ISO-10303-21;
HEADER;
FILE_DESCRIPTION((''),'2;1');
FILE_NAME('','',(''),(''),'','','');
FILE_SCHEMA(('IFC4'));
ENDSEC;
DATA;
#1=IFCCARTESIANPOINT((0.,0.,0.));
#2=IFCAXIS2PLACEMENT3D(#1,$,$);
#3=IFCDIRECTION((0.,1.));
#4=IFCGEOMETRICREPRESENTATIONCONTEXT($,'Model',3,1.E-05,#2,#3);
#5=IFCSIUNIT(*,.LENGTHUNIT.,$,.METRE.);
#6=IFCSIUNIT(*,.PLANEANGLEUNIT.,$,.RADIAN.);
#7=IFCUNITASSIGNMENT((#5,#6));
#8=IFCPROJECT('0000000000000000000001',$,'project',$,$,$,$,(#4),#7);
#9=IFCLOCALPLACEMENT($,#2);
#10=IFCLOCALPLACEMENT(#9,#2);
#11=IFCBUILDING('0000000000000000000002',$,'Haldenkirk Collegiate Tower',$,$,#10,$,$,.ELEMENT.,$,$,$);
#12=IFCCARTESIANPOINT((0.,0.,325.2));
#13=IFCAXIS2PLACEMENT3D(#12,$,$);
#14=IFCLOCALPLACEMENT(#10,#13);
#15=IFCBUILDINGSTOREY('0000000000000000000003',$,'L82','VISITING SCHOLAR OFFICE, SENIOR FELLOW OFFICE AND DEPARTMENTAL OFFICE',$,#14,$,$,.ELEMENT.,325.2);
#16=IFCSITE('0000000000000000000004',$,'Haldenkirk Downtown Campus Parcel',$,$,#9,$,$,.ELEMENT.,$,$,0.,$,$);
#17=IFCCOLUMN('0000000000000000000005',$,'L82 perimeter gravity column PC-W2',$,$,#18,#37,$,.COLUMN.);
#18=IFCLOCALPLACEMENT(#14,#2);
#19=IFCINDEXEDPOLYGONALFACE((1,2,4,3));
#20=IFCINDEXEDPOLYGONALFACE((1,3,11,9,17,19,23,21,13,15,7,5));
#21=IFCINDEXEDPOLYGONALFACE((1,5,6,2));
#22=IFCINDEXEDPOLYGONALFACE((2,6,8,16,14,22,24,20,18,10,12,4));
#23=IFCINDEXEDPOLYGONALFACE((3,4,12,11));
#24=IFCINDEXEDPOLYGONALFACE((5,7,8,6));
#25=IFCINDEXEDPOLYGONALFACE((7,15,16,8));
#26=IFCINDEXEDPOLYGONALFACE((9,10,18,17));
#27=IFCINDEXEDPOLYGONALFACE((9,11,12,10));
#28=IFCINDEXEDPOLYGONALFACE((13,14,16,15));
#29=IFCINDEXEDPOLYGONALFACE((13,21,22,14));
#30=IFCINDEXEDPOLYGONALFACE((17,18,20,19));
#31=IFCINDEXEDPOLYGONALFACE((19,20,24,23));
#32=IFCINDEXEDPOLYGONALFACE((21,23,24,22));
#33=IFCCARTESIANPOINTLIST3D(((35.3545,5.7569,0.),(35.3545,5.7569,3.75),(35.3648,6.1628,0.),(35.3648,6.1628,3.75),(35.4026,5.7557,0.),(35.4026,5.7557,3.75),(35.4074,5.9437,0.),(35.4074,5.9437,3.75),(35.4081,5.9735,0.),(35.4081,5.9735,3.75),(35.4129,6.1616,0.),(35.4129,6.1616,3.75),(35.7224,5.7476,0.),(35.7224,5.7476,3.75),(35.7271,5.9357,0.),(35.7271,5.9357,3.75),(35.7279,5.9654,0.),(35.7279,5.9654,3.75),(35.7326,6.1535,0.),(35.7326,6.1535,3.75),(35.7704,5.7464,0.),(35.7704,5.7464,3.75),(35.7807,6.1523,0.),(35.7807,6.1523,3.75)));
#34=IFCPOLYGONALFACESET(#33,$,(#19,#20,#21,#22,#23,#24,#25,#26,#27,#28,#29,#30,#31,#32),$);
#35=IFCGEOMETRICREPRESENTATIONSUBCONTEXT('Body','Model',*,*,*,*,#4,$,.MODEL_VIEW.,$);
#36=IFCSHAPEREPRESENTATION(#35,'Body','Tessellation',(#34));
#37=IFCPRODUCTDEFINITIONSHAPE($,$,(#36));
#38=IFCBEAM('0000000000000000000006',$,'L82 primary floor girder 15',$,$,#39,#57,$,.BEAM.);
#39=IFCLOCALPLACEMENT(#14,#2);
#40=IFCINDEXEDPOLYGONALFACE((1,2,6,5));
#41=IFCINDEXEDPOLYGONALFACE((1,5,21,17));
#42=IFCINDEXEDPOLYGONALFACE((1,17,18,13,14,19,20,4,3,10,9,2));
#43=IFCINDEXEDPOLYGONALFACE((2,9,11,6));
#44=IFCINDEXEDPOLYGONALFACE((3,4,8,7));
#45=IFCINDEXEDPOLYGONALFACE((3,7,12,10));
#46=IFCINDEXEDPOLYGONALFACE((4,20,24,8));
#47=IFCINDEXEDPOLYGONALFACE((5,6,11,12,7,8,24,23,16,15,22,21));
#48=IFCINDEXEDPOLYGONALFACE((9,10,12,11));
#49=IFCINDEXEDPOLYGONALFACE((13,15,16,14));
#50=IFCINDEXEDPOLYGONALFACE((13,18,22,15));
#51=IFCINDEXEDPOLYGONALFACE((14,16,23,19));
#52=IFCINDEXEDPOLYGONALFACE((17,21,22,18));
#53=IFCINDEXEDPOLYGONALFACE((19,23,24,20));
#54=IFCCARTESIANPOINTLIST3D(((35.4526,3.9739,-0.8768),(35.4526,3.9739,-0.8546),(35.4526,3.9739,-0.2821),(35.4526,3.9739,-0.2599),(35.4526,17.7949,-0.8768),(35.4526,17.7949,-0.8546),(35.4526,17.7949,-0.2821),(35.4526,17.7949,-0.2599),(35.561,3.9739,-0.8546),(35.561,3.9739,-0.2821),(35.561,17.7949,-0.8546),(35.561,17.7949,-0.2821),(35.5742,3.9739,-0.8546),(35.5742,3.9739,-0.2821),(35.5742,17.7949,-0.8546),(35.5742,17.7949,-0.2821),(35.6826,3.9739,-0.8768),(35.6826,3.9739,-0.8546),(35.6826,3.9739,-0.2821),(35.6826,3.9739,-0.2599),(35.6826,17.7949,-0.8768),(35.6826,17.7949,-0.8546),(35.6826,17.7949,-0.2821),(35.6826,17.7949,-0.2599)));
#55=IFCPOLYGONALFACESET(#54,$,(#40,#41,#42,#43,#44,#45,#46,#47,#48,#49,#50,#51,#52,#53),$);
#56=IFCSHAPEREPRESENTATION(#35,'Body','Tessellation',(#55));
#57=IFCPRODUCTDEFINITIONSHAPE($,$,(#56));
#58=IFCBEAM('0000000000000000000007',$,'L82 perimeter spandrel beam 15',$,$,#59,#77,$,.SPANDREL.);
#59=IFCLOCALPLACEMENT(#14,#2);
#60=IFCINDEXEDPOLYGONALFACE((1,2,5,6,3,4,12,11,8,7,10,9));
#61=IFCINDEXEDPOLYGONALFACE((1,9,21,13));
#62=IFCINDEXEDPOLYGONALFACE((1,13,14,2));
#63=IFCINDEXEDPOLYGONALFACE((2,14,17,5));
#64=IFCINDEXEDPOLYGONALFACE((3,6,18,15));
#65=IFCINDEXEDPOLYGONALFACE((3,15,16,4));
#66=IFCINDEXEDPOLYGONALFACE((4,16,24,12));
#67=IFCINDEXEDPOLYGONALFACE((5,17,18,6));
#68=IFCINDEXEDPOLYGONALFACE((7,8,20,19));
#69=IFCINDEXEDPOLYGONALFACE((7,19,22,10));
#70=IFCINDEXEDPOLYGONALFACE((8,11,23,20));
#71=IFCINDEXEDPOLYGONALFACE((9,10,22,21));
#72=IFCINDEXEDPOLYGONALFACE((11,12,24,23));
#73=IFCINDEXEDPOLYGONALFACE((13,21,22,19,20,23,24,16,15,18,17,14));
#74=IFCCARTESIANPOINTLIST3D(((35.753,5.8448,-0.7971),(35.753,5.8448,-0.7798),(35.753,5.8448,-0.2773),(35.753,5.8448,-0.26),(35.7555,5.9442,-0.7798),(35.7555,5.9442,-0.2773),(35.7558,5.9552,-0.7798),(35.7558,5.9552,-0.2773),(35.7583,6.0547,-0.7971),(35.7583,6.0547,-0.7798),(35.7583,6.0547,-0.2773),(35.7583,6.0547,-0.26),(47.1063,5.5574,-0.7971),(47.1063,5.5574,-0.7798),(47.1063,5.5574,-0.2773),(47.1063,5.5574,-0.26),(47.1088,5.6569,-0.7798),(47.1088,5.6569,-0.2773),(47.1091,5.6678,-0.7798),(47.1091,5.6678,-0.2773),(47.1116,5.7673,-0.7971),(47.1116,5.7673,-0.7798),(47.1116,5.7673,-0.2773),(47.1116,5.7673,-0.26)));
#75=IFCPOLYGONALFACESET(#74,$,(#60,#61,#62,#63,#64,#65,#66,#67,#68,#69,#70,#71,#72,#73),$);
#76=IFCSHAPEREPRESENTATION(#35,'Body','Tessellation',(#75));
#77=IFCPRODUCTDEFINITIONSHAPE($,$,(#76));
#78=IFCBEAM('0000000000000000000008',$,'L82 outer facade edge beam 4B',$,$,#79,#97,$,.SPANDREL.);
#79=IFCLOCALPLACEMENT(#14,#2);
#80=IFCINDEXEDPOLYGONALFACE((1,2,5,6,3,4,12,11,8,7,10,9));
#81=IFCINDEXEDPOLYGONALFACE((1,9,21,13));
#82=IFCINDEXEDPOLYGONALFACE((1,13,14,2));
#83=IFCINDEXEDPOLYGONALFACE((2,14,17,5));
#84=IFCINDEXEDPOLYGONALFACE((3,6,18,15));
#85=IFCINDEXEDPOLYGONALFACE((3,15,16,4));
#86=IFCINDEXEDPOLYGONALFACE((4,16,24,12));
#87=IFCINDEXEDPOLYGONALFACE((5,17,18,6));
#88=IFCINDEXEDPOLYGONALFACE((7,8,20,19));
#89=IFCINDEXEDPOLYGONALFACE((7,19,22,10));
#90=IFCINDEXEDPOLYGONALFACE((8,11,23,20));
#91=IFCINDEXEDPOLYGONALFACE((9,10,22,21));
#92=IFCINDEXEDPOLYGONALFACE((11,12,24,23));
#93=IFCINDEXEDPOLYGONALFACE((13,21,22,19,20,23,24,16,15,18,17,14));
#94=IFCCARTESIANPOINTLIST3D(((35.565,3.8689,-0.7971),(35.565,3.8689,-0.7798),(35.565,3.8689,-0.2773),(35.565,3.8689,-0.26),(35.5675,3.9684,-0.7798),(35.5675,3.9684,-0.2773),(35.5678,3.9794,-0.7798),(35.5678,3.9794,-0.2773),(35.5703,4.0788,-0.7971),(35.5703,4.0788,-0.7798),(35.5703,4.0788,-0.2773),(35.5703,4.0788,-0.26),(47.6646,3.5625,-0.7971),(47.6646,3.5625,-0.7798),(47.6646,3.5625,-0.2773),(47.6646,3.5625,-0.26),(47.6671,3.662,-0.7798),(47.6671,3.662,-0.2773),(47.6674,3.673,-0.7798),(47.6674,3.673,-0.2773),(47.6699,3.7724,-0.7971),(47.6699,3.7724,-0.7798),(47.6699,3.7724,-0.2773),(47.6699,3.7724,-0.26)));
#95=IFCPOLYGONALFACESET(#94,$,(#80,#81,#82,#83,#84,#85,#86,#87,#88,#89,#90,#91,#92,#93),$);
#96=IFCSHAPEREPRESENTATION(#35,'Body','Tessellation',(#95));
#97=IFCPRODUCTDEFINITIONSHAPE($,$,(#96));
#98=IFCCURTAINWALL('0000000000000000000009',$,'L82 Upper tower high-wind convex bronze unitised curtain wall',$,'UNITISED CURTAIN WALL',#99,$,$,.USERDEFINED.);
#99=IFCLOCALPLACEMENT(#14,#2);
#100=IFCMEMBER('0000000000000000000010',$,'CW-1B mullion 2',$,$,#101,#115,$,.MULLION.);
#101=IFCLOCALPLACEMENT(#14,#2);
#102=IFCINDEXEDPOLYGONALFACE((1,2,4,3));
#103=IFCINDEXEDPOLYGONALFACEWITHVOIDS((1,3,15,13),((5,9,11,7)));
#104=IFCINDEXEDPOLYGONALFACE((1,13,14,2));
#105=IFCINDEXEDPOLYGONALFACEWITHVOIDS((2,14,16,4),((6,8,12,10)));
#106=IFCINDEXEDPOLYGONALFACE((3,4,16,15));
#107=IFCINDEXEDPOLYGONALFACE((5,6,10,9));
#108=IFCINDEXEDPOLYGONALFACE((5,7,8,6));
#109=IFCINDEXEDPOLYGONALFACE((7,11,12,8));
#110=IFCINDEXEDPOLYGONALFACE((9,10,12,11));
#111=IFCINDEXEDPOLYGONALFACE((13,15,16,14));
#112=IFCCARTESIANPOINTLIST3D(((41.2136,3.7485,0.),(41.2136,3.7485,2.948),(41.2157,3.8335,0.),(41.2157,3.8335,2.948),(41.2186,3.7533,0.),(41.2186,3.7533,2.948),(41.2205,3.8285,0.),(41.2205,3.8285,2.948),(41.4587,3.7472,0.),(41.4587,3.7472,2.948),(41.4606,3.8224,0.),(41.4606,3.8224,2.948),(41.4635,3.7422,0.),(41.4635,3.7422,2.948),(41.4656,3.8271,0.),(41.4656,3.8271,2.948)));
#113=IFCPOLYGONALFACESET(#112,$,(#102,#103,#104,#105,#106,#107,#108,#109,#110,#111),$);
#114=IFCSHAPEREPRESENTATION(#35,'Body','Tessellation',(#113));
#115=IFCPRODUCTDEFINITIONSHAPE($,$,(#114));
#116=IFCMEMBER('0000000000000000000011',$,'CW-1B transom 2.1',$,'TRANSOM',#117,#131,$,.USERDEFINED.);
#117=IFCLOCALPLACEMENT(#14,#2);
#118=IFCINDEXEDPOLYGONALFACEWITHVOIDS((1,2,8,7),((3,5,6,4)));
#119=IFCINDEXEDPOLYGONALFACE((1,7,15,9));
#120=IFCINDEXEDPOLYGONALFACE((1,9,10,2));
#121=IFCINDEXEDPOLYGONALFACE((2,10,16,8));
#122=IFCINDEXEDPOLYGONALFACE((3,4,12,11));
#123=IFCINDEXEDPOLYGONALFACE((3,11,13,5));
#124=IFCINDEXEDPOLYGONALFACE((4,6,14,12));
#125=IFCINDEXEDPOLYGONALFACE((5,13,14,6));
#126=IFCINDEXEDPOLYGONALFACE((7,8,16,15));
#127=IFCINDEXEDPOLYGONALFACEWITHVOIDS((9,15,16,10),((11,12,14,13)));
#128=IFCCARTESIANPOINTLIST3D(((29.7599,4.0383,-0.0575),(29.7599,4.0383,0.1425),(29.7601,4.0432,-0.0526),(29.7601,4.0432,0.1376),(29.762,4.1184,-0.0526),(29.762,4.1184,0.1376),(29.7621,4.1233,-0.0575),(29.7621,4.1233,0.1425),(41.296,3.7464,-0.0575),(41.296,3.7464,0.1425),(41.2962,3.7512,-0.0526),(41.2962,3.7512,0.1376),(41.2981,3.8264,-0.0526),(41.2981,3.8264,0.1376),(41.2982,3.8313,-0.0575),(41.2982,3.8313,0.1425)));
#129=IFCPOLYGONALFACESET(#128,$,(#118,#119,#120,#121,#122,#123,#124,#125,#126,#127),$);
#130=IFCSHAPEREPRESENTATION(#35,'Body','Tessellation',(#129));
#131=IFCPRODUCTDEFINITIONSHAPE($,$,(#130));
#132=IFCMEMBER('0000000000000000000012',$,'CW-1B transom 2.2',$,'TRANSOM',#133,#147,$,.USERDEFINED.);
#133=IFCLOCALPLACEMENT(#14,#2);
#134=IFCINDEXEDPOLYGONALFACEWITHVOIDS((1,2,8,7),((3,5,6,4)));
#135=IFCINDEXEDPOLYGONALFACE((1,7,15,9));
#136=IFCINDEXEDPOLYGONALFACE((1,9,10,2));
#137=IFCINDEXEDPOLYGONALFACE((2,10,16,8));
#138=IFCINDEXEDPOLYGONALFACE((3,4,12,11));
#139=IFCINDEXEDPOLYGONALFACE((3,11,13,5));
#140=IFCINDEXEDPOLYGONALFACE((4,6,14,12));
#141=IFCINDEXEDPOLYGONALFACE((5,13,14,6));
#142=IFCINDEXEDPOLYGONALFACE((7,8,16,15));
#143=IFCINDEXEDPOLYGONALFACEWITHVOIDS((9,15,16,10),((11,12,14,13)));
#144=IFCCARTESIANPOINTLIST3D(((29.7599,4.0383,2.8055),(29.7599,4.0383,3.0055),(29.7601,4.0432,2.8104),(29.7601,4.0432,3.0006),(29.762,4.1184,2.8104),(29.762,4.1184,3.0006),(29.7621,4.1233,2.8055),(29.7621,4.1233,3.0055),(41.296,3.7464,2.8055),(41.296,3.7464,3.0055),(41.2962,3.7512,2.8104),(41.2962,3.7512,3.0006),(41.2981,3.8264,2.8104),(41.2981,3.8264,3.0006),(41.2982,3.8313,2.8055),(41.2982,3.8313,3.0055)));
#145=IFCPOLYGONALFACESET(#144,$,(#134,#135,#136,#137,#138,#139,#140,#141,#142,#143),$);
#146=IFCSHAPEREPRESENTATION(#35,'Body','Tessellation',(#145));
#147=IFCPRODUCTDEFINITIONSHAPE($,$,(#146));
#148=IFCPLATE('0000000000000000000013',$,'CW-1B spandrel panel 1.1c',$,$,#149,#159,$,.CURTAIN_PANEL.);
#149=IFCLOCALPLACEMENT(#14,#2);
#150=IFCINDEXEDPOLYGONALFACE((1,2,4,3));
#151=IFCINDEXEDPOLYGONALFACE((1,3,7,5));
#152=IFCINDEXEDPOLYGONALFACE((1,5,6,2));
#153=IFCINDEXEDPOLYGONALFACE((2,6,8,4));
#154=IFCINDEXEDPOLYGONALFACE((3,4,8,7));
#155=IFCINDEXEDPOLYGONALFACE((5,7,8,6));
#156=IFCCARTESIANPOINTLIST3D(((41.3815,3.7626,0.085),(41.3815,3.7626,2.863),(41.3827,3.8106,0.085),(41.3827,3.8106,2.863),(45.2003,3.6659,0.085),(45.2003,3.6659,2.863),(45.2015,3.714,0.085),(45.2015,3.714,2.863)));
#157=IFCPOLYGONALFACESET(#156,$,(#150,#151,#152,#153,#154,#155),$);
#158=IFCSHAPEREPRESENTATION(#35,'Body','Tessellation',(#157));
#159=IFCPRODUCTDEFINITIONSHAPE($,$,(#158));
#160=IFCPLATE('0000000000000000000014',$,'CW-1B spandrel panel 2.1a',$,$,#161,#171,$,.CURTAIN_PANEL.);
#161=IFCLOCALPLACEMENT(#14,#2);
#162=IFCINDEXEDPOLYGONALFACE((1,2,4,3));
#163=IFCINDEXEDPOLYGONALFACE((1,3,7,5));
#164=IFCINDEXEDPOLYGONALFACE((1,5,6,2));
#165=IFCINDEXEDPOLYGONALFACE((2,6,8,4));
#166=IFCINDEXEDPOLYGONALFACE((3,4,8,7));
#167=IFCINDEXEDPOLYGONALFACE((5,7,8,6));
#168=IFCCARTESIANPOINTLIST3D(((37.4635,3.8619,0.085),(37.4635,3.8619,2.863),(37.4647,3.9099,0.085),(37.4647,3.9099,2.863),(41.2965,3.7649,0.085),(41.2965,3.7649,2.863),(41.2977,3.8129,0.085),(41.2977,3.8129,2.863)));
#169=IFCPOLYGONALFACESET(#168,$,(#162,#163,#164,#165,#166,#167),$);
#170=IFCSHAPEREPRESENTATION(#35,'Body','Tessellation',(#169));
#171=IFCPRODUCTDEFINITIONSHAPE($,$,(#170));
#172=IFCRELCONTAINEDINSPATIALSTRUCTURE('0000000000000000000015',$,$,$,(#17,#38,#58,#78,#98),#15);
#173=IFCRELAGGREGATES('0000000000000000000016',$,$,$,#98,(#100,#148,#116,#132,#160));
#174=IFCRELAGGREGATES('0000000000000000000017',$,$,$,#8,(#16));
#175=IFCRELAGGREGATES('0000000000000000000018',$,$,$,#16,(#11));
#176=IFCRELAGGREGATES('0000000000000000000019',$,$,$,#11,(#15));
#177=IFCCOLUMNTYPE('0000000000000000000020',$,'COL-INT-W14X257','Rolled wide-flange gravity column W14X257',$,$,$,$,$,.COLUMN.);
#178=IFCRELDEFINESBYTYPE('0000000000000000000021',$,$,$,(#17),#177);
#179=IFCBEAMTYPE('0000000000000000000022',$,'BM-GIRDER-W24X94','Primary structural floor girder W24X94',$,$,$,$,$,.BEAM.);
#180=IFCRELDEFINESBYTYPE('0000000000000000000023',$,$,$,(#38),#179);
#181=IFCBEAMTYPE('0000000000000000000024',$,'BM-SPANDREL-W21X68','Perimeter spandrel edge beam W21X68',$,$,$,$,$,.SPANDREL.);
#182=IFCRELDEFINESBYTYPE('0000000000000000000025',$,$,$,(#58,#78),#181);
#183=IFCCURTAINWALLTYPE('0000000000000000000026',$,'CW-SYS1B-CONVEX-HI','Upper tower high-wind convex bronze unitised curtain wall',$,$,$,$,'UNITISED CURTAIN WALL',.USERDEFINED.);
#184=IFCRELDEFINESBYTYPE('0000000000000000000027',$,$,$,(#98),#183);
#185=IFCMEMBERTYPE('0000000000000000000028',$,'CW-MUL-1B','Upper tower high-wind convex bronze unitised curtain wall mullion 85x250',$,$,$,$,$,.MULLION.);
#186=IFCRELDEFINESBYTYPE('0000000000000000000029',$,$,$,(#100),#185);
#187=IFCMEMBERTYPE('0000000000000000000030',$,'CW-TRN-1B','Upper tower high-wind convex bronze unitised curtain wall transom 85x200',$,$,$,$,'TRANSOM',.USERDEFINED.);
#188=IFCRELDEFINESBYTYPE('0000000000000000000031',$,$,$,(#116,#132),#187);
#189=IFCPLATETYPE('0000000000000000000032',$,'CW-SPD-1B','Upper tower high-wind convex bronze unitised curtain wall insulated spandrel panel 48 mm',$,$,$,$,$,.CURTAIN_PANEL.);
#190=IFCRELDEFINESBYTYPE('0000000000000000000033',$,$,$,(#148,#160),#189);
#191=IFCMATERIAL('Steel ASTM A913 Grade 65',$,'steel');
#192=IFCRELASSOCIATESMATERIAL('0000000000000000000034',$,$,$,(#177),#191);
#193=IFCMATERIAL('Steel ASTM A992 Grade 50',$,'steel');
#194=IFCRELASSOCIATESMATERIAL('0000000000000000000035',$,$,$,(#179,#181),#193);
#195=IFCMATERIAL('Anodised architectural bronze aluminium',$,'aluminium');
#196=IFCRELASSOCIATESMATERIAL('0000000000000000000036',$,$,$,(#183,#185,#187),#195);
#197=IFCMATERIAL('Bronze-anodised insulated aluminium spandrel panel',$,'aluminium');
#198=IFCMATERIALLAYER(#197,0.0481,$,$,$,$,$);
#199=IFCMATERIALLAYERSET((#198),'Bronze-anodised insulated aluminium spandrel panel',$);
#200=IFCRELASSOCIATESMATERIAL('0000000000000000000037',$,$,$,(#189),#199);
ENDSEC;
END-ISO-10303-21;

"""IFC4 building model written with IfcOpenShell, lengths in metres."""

from ifc_helpers import new_model, si_unit, direction, frame, origin, origin_2d, place, context, subcontext, project, spatial, rectangle, hollow_rectangle, i_section, extrude, source, transform, mapped, material, layer, layer_set, material_profile, profile_set, type_object, element, aggregate, save


model = new_model("IFC4")

# Units and contexts
model_context = context("Model", 3, precision=1e-05, world=origin(), true_north=direction((0.0, 1.0)))
body_context = subcontext(model_context, "Body", "Model", "MODEL_VIEW")
ifc_project = project(units=[si_unit("LENGTHUNIT", "METRE"), si_unit("PLANEANGLEUNIT", "RADIAN")], contexts=[model_context])

# Site, building, storey
site_placement = place(None, origin())
site = spatial("IfcSite", under=ifc_project, at=site_placement, Name="Haldenkirk Downtown Campus Parcel", CompositionType="ELEMENT", RefElevation=0.0)
building_placement = place(site_placement, origin())
building = spatial("IfcBuilding", under=site, at=building_placement, Name="Haldenkirk Collegiate Tower", CompositionType="ELEMENT")
storey_placement = place(building_placement, frame((0.0, 0.0, 325.2)))
storey = spatial("IfcBuildingStorey", under=building, at=storey_placement, Name="L82", Description="VISITING SCHOLAR OFFICE, SENIOR FELLOW OFFICE AND DEPARTMENTAL OFFICE", CompositionType="ELEMENT", Elevation=325.2)

# Column
ifc_material_1 = material(Name="Steel ASTM A913 Grade 65", Category="steel")
ifc_material_profile_1 = material_profile(ifc_material_1, i_section(OverallWidth=0.406, OverallDepth=0.416, WebThickness=0.0298, FlangeThickness=0.0481, at=origin_2d()), Name="W14X257")
ifc_profile_set_1 = profile_set([ifc_material_profile_1], Name="Steel ASTM A913 Grade 65")
column_type = type_object("IfcColumnType", Name="COL-INT-W14X257", Description="Rolled wide-flange gravity column W14X257", PredefinedType="COLUMN", material=ifc_profile_set_1)
column_placement = place(storey_placement, frame((35.5676, 5.9546, 0.0), z_axis=(0.0, 0.0, 1.0), x_axis=(0.025305, 0.99968, 0.0)))
element("IfcColumn", 1, at=column_placement, inside=storey, type_object=column_type, Name="L82 perimeter gravity column PC-W2", PredefinedType="COLUMN", context=body_context, shape_type="SweptSolid", body=[
    extrude(i_section(OverallWidth=0.406, OverallDepth=0.416, WebThickness=0.0298, FlangeThickness=0.0481, at=origin_2d()), origin(), (0.0, 0.0, 1.0), 3.75),
])

# Beams
ifc_material_2 = material(Name="Steel ASTM A992 Grade 50", Category="steel")
ifc_material_profile_2 = material_profile(ifc_material_2, i_section(OverallWidth=0.23, OverallDepth=0.6169, WebThickness=0.0132, FlangeThickness=0.0222, at=origin_2d()), Name="W24X94")
ifc_profile_set_2 = profile_set([ifc_material_profile_2], Name="Steel ASTM A992 Grade 50")
beam_type_1 = type_object("IfcBeamType", Name="BM-GIRDER-W24X94", Description="Primary structural floor girder W24X94", PredefinedType="BEAM", material=ifc_profile_set_2)
beam_1_placement = place(storey_placement, frame((35.5676, 3.9739, -0.5684), z_axis=(0.0, 1.0, 0.0), x_axis=(-1.0, 0.0, 0.0)))
element("IfcBeam", 2, at=beam_1_placement, inside=storey, type_object=beam_type_1, Name="L82 primary floor girder 15", PredefinedType="BEAM", context=body_context, shape_type="SweptSolid", body=[
    extrude(i_section(OverallWidth=0.23, OverallDepth=0.6169, WebThickness=0.0132, FlangeThickness=0.0222, at=origin_2d()), origin(), (0.0, 0.0, 1.0), 13.821),
])
ifc_material_profile_3 = material_profile(ifc_material_2, i_section(OverallWidth=0.21, OverallDepth=0.5371, WebThickness=0.011, FlangeThickness=0.0173, at=origin_2d()), Name="W21X68")
ifc_profile_set_3 = profile_set([ifc_material_profile_3], Name="Steel ASTM A992 Grade 50")
beam_type_2 = type_object("IfcBeamType", Name="BM-SPANDREL-W21X68", Description="Perimeter spandrel edge beam W21X68", PredefinedType="SPANDREL", material=ifc_profile_set_3)
beam_2_placement = place(storey_placement, frame((35.7556, 5.9497, -0.5286), z_axis=(0.99968, -0.025302, 0.0), x_axis=(0.025302, 0.99968, 0.0)))
element("IfcBeam", 3, at=beam_2_placement, inside=storey, type_object=beam_type_2, Name="L82 perimeter spandrel beam 15", PredefinedType="SPANDREL", context=body_context, shape_type="SweptSolid", body=[
    extrude(i_section(OverallWidth=0.21, OverallDepth=0.5371, WebThickness=0.011, FlangeThickness=0.0173, at=origin_2d()), origin(), (0.0, 0.0, 1.0), 11.3569),
])
beam_3_placement = place(storey_placement, frame((35.5676, 3.9739, -0.5286), z_axis=(0.99968, -0.025315, 0.0), x_axis=(0.025315, 0.99968, 0.0)))
element("IfcBeam", 4, at=beam_3_placement, inside=storey, type_object=beam_type_2, Name="L82 outer facade edge beam 4B", PredefinedType="SPANDREL", context=body_context, shape_type="SweptSolid", body=[
    extrude(i_section(OverallWidth=0.21, OverallDepth=0.5371, WebThickness=0.011, FlangeThickness=0.0173, at=origin_2d()), origin(), (0.0, 0.0, 1.0), 12.1035),
])

# Curtain wall, members, plates
ifc_material_3 = material(Name="Anodised architectural bronze aluminium", Category="aluminium")
curtain_wall_type = type_object("IfcCurtainWallType", Name="CW-SYS1B-CONVEX-HI", Description="Upper tower high-wind convex bronze unitised curtain wall", ElementType="UNITISED CURTAIN WALL", PredefinedType="USERDEFINED", material=ifc_material_3)
curtain_wall_placement = place(storey_placement, origin())
curtain_wall = element("IfcCurtainWall", 5, at=curtain_wall_placement, inside=storey, type_object=curtain_wall_type, Name="L82 Upper tower high-wind convex bronze unitised curtain wall", ObjectType="UNITISED CURTAIN WALL", PredefinedType="USERDEFINED")
ifc_material_profile_4 = material_profile(ifc_material_3, hollow_rectangle(XDim=0.085, YDim=0.25, WallThickness=0.0049, at=origin_2d()), Name="CW-MUL-1B")
ifc_profile_set_4 = profile_set([ifc_material_profile_4], Name="Anodised architectural bronze aluminium")
member_type_1 = type_object("IfcMemberType", Name="CW-MUL-1B", Description="Upper tower high-wind convex bronze unitised curtain wall mullion 85x250", PredefinedType="MULLION", material=ifc_profile_set_4)
member_1_placement = place(storey_placement, frame((41.3396, 3.7878, 0.0), z_axis=(0.0, 0.0, 1.0), x_axis=(-0.025302, -0.99968, 0.0)))
member_1 = element("IfcMember", 6, at=member_1_placement, type_object=member_type_1, Name="CW-1B mullion 2", PredefinedType="MULLION", context=body_context, shape_type="SweptSolid", body=[
    extrude(hollow_rectangle(XDim=0.085, YDim=0.25, WallThickness=0.0049, at=origin_2d()), origin(), (0.0, 0.0, 1.0), 2.948),
])
ifc_material_profile_5 = material_profile(ifc_material_3, hollow_rectangle(XDim=0.085, YDim=0.2, WallThickness=0.0049, at=origin_2d()), Name="CW-TRN-1B")
ifc_profile_set_5 = profile_set([ifc_material_profile_5], Name="Anodised architectural bronze aluminium")
member_type_2 = type_object("IfcMemberType", Name="CW-TRN-1B", Description="Upper tower high-wind convex bronze unitised curtain wall transom 85x200", ElementType="TRANSOM", PredefinedType="USERDEFINED", material=ifc_profile_set_5)
member_2_placement = place(storey_placement, frame((41.2971, 3.7888, 0.0425), z_axis=(-0.99968, 0.025303, 0.0), x_axis=(-0.025303, -0.99968, 0.0)))
member_2 = element("IfcMember", 7, at=member_2_placement, type_object=member_type_2, Name="CW-1B transom 2.1", ObjectType="TRANSOM", PredefinedType="USERDEFINED", context=body_context, shape_type="SweptSolid", body=[
    extrude(hollow_rectangle(XDim=0.085, YDim=0.2, WallThickness=0.0049, at=origin_2d()), origin(), (0.0, 0.0, 1.0), 11.5398),
])
member_3_placement = place(storey_placement, frame((41.2971, 3.7888, 2.9055), z_axis=(-0.99968, 0.025303, 0.0), x_axis=(-0.025303, -0.99968, 0.0)))
member_3 = element("IfcMember", 8, at=member_3_placement, type_object=member_type_2, Name="CW-1B transom 2.2", ObjectType="TRANSOM", PredefinedType="USERDEFINED", context=body_context, shape_type="SweptSolid", body=[
    extrude(hollow_rectangle(XDim=0.085, YDim=0.2, WallThickness=0.0049, at=origin_2d()), origin(), (0.0, 0.0, 1.0), 11.5398),
])
ifc_material_4 = material(Name="Bronze-anodised insulated aluminium spandrel panel", Category="aluminium")
ifc_layer_1 = layer(ifc_material_4, 0.0481)
ifc_layer_set_1 = layer_set([ifc_layer_1], Name="Bronze-anodised insulated aluminium spandrel panel")
plate_type_1 = type_object("IfcPlateType", Name="CW-SPD-1B", Description="Upper tower high-wind convex bronze unitised curtain wall insulated spandrel panel 48 mm", PredefinedType="CURTAIN_PANEL", material=ifc_layer_set_1)
shared_shape_1 = source(origin(), body_context, "Body", "SweptSolid", [
    extrude(rectangle(XDim=3.8201, YDim=0.0481, at=origin_2d()), origin(), (0.0, 0.0, 1.0), 2.7781),
])
plate_1_placement = place(storey_placement, frame((43.2915, 3.7383, 0.085), z_axis=(0.0, 0.0, 1.0), x_axis=(-0.99968, 0.025302, 0.0)))
plate_1 = element("IfcPlate", 9, at=plate_1_placement, type_object=plate_type_1, Name="CW-1B spandrel panel 1.1c", PredefinedType="CURTAIN_PANEL", context=body_context, shape_type="MappedRepresentation", body=[
    mapped(shared_shape_1, transform((0.0, 0.0, 0.0), x_axis=(1.0, 0.0, 0.0), y_axis=(0.0, 1.0, 0.0), z_axis=(0.0, 0.0, 1.0), scale=1.0)),
])
shared_shape_2 = source(origin(), body_context, "Body", "SweptSolid", [
    extrude(rectangle(XDim=3.8342, YDim=0.0481, at=origin_2d()), origin(), (0.0, 0.0, 1.0), 2.7781),
])
plate_2_placement = place(storey_placement, frame((39.3806, 3.8374, 0.085), z_axis=(0.0, 0.0, 1.0), x_axis=(-0.99968, 0.025302, 0.0)))
plate_2 = element("IfcPlate", 10, at=plate_2_placement, type_object=plate_type_1, Name="CW-1B spandrel panel 2.1a", PredefinedType="CURTAIN_PANEL", context=body_context, shape_type="MappedRepresentation", body=[
    mapped(shared_shape_2, transform((0.0, 0.0, 0.0), x_axis=(1.0, 0.0, 0.0), y_axis=(0.0, 1.0, 0.0), z_axis=(0.0, 0.0, 1.0), scale=1.0)),
])
aggregate(curtain_wall, [member_1, plate_1, member_2, member_3, plate_2])

save(model, "model.ifc")
